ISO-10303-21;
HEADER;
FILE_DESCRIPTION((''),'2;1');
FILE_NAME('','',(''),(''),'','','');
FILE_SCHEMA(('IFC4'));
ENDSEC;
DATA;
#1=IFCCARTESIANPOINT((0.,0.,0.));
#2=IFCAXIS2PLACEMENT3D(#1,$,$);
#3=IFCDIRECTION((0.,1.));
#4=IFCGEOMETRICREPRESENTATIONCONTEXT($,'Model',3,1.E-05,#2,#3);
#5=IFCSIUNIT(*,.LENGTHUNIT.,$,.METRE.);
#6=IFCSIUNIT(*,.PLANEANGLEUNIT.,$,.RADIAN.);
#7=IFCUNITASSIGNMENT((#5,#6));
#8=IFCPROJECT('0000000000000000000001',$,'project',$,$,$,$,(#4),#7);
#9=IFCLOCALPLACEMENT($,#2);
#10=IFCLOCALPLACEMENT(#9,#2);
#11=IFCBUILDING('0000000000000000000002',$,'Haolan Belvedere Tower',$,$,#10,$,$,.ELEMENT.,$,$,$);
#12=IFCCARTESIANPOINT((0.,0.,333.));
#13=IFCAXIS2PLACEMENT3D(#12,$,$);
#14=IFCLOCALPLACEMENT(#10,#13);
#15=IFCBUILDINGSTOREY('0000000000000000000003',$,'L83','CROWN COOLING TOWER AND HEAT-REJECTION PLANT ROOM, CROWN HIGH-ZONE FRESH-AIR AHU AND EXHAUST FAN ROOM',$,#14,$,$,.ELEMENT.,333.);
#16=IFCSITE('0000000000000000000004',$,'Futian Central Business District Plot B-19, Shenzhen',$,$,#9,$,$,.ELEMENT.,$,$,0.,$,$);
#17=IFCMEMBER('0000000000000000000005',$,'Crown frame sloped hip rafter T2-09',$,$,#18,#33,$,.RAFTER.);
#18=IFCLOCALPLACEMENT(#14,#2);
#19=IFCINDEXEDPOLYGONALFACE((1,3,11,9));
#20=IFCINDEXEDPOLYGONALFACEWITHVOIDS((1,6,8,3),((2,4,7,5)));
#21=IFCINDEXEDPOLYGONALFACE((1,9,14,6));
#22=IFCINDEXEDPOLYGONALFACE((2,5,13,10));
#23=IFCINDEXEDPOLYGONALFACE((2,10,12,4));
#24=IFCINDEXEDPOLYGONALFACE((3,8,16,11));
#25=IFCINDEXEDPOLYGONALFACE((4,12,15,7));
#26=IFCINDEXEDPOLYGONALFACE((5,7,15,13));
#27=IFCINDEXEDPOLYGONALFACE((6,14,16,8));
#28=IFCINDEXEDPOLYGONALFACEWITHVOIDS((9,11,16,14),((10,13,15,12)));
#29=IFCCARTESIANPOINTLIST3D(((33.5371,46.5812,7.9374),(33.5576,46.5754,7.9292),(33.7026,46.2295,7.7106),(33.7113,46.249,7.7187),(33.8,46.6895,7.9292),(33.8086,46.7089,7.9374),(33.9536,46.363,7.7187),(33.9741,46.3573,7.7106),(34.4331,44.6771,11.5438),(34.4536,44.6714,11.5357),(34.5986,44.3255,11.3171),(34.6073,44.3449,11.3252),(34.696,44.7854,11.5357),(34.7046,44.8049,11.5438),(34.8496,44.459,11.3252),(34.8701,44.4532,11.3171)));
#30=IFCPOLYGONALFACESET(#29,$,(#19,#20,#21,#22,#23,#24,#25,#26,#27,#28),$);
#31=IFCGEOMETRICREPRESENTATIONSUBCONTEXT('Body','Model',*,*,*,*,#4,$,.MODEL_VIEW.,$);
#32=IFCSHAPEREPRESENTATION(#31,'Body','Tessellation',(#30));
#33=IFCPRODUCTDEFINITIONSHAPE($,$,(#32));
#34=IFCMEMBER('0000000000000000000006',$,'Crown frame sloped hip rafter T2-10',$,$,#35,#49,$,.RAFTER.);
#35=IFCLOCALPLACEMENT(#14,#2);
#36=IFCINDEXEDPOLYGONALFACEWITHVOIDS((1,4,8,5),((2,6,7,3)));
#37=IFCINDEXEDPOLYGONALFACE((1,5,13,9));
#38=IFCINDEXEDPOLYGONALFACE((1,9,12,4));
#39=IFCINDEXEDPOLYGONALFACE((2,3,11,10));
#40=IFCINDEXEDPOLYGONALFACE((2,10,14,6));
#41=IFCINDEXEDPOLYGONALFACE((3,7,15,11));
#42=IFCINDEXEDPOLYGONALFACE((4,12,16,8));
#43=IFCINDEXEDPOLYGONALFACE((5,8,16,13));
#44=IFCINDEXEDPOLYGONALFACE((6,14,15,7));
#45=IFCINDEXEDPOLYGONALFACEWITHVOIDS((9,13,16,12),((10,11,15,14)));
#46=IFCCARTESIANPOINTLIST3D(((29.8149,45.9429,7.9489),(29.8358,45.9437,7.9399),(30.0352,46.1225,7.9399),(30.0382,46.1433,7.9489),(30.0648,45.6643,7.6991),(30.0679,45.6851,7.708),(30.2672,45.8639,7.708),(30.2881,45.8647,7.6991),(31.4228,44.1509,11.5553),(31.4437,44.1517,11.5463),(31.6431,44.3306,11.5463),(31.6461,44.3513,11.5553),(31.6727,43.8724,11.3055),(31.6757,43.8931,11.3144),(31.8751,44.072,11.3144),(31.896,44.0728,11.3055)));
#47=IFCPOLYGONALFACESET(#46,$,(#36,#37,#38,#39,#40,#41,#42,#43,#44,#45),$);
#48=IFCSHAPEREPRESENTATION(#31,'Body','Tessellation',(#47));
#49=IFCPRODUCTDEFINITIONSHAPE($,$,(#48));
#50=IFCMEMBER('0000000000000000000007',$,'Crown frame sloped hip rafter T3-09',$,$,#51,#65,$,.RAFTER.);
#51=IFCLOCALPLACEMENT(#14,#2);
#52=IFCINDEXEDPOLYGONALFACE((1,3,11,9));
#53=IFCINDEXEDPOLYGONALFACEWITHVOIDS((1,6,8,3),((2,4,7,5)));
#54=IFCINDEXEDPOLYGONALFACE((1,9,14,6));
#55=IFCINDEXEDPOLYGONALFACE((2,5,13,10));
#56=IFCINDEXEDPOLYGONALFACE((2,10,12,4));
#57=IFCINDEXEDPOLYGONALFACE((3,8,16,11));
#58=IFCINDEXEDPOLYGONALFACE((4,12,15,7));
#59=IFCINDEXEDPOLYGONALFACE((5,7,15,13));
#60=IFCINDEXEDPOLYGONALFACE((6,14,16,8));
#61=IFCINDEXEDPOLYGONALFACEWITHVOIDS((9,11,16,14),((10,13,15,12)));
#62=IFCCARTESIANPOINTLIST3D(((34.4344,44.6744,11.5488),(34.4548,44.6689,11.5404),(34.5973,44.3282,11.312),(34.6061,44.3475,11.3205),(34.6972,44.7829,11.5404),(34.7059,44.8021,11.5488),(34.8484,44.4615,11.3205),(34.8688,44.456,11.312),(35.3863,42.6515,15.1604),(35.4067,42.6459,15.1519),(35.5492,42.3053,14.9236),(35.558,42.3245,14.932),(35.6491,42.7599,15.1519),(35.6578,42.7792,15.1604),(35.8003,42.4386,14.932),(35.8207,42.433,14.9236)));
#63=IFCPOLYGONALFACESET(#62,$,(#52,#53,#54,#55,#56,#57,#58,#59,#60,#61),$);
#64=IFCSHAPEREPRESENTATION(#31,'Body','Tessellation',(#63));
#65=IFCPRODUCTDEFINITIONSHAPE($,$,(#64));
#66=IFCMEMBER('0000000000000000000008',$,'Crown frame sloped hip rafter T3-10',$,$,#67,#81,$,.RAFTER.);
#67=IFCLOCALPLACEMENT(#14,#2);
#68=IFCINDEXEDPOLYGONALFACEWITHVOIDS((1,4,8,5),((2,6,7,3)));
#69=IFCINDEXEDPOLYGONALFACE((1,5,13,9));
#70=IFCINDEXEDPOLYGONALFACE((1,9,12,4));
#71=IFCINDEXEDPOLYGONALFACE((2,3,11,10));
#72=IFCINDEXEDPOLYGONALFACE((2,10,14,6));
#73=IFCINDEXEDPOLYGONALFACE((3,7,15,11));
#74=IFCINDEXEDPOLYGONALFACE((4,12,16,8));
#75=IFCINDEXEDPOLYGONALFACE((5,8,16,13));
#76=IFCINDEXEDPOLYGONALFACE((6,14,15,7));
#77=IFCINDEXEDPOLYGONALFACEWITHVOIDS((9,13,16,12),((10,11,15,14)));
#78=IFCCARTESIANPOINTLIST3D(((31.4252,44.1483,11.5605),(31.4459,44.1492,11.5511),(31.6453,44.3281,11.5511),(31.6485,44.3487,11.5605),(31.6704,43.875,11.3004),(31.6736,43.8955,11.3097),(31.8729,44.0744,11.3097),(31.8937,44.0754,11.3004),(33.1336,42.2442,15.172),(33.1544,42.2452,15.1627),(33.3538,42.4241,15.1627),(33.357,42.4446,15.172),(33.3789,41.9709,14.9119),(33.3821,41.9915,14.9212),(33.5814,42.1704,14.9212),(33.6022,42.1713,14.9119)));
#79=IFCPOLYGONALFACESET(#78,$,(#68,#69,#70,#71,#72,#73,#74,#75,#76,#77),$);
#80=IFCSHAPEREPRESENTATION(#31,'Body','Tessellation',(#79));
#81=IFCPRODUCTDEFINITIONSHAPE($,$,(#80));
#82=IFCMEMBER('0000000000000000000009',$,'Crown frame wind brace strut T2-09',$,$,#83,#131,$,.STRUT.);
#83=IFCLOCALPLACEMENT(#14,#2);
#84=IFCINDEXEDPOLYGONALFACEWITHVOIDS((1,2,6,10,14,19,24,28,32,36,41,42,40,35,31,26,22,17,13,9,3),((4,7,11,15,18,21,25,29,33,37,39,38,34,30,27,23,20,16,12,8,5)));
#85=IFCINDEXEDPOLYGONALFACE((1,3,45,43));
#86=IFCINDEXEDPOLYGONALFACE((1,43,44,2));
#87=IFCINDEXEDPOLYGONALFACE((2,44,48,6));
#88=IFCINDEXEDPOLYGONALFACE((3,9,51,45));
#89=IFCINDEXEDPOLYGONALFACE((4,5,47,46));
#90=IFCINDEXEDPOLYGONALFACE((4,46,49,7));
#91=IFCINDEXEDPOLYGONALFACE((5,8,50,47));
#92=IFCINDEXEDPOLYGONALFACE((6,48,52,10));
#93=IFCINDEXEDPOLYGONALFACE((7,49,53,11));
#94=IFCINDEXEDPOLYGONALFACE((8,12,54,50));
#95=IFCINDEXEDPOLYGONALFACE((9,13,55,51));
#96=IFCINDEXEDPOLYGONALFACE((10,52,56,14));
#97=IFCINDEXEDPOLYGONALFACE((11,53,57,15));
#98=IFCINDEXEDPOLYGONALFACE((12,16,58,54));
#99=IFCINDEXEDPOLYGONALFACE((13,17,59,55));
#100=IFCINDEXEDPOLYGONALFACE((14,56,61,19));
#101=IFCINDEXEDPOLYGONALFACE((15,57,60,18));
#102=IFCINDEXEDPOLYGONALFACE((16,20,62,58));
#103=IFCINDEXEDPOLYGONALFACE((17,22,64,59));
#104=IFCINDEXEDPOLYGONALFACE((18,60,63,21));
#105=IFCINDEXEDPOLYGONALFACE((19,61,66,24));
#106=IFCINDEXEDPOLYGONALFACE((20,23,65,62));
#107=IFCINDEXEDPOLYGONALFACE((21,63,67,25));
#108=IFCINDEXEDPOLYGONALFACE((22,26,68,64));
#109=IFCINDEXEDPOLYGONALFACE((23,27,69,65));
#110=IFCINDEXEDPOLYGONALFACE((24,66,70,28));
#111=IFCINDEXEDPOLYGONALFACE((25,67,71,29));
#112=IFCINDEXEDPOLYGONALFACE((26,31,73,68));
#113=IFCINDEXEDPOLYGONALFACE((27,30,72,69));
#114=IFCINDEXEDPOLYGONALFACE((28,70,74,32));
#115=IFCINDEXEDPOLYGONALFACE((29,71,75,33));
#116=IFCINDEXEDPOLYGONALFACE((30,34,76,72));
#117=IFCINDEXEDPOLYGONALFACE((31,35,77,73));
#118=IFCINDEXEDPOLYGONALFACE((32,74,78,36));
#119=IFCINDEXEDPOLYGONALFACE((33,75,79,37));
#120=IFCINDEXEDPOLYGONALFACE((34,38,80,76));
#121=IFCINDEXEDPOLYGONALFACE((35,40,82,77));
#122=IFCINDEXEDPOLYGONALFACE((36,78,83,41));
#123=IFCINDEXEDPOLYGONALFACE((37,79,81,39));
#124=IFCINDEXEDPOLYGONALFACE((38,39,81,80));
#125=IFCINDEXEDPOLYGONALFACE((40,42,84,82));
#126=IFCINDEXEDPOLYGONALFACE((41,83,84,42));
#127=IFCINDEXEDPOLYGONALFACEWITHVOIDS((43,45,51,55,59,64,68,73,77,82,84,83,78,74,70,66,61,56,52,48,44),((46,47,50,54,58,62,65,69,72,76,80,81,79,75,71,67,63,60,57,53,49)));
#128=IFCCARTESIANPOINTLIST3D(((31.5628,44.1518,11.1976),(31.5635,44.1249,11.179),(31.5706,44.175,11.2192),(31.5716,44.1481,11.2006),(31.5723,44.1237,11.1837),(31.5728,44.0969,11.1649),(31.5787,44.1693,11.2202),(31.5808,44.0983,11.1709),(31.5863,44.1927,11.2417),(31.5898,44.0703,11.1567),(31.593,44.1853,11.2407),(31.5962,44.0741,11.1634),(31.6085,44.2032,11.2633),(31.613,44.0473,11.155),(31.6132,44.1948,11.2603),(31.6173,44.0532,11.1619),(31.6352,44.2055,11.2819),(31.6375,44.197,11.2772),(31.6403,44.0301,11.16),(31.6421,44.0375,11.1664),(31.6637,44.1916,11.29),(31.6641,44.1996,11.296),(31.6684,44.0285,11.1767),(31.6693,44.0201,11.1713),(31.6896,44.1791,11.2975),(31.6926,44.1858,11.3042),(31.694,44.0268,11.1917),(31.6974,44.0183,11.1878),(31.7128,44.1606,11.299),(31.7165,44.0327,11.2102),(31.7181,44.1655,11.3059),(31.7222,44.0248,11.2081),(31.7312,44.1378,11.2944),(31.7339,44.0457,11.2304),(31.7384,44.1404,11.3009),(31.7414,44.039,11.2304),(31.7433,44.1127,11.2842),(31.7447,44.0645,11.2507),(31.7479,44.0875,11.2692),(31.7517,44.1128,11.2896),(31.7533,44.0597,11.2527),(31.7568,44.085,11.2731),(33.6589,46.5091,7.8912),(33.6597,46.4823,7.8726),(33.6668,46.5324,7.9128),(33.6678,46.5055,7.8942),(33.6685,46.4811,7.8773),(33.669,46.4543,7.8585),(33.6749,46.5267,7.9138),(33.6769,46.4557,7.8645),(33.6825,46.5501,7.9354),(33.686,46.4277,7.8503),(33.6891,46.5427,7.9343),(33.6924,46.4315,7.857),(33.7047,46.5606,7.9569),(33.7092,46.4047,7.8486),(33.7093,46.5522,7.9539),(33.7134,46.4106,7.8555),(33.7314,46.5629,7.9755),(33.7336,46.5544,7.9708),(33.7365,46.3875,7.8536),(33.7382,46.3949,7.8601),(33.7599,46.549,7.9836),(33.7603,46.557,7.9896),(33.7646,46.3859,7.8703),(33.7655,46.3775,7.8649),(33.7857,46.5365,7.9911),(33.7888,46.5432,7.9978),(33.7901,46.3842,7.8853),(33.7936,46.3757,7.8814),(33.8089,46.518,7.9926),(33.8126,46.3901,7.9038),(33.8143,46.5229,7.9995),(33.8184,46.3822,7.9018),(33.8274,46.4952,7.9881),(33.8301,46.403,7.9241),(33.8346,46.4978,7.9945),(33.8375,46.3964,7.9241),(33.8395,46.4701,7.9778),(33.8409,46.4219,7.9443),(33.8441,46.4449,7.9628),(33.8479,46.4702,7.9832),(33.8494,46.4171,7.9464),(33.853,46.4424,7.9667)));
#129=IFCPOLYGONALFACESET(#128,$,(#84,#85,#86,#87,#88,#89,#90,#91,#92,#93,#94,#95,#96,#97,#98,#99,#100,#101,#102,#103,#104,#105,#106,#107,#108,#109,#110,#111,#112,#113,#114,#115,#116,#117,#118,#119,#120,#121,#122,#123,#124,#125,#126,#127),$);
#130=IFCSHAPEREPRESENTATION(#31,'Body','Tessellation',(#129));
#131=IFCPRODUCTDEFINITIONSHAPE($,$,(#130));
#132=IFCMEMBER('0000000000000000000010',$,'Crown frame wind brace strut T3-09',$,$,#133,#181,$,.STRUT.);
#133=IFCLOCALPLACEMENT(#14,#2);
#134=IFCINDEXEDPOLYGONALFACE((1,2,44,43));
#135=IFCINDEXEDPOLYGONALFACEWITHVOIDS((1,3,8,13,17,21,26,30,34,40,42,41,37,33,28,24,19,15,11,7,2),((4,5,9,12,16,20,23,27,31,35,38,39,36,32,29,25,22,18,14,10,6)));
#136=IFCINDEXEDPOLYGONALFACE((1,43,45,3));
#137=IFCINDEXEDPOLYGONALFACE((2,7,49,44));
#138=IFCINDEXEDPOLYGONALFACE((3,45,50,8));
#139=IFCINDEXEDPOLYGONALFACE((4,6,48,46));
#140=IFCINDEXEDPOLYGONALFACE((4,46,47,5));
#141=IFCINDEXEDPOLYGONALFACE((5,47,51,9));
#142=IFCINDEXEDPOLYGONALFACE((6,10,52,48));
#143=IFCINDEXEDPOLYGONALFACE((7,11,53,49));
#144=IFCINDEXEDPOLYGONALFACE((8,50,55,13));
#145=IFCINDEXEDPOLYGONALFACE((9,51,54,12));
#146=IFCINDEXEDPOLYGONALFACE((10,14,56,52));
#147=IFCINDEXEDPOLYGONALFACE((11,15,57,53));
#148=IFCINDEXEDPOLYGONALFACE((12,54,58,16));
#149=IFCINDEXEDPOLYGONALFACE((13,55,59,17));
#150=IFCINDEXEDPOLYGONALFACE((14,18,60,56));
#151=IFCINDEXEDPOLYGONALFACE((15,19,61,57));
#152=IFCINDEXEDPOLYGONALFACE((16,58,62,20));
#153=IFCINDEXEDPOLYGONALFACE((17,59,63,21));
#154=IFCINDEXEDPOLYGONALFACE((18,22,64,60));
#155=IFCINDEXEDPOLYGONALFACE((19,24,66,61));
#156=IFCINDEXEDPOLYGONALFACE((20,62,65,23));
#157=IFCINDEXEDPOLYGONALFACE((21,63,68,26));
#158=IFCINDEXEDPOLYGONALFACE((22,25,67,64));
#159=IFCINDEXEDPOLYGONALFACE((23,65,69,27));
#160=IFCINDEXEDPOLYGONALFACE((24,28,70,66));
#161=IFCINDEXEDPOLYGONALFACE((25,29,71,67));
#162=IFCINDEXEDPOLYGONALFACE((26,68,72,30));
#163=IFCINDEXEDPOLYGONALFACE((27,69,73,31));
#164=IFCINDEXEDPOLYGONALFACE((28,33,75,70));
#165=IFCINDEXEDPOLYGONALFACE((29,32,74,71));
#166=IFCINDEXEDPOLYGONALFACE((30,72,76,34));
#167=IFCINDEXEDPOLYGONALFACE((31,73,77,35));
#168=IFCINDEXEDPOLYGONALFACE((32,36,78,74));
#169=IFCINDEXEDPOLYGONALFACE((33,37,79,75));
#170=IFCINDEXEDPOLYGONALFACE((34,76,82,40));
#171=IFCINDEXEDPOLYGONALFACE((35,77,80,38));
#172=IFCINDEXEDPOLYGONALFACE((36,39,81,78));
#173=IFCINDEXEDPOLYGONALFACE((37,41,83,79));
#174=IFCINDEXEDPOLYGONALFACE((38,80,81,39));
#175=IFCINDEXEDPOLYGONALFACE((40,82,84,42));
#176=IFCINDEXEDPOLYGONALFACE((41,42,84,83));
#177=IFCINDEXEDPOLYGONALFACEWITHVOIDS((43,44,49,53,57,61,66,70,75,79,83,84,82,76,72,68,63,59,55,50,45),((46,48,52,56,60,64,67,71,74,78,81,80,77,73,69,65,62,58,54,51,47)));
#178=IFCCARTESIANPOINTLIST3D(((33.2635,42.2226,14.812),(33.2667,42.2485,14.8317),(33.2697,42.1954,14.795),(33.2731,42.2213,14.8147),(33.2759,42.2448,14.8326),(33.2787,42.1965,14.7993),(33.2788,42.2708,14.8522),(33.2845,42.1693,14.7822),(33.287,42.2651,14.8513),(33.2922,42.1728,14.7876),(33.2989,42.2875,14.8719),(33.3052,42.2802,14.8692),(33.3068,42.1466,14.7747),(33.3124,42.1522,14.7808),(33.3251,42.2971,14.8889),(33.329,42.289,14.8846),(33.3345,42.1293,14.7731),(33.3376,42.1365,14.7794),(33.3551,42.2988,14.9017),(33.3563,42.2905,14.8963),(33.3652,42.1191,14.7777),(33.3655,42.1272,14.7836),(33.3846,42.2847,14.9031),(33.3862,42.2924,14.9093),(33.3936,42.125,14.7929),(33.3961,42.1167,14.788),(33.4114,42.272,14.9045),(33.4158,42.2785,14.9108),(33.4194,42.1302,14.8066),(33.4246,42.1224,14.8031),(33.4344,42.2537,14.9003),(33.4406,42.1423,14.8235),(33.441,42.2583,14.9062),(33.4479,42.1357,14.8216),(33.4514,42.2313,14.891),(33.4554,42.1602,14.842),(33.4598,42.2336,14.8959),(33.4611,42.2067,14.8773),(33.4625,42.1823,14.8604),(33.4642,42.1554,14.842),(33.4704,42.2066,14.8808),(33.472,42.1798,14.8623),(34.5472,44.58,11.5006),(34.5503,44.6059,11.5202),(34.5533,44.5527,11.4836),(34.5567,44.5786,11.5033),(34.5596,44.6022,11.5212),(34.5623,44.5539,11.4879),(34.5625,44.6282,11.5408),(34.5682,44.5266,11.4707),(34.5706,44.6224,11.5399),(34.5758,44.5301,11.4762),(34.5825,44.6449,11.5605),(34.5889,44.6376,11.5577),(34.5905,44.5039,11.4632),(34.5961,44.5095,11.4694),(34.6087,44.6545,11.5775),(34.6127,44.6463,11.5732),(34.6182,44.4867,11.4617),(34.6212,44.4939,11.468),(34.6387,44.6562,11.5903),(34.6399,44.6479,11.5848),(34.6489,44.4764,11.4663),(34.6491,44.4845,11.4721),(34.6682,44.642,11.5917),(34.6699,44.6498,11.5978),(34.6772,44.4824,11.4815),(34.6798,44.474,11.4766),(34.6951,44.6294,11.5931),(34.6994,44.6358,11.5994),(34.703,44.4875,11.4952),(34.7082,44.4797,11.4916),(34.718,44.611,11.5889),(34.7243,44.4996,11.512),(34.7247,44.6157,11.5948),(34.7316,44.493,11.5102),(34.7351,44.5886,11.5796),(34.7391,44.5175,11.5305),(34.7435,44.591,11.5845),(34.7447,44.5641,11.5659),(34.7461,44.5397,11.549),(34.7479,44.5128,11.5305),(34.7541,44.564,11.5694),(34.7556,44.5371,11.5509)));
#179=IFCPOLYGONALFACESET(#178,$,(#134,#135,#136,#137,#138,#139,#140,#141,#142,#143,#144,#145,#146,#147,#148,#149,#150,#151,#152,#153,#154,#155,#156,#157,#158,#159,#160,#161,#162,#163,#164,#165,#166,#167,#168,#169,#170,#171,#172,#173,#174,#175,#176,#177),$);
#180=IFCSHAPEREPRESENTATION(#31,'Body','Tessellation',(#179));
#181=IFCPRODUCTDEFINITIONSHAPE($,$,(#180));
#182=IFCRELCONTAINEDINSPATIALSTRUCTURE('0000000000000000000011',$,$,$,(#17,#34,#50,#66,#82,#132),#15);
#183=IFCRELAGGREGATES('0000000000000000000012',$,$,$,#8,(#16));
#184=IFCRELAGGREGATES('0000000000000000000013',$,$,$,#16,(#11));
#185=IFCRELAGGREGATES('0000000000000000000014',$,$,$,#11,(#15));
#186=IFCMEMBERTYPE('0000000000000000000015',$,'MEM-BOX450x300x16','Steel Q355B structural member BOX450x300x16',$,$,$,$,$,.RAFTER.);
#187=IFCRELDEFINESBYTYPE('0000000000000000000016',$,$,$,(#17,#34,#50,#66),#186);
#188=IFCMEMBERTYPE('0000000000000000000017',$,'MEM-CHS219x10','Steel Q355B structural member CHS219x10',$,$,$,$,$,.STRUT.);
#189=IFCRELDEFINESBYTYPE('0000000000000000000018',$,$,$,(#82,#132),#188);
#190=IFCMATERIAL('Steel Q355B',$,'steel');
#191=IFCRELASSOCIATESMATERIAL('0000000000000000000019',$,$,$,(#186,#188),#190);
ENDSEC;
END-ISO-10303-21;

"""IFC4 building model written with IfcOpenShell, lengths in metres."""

from ifc_helpers import new_model, si_unit, direction, frame, origin, origin_2d, place, context, subcontext, project, spatial, hollow_rectangle, hollow_circle, extrude, material, material_profile, profile_set, type_object, element, save


model = new_model("IFC4")

# Units and contexts
model_context = context("Model", 3, precision=1e-05, world=origin(), true_north=direction((0.0, 1.0)))
body_context = subcontext(model_context, "Body", "Model", "MODEL_VIEW")
ifc_project = project(units=[si_unit("LENGTHUNIT", "METRE"), si_unit("PLANEANGLEUNIT", "RADIAN")], contexts=[model_context])

# Site, building, storey
site_placement = place(None, origin())
site = spatial("IfcSite", under=ifc_project, at=site_placement, Name="Futian Central Business District Plot B-19, Shenzhen", CompositionType="ELEMENT", RefElevation=0.0)
building_placement = place(site_placement, origin())
building = spatial("IfcBuilding", under=site, at=building_placement, Name="Haolan Belvedere Tower", CompositionType="ELEMENT")
storey_placement = place(building_placement, frame((0.0, 0.0, 333.0)))
storey = spatial("IfcBuildingStorey", under=building, at=storey_placement, Name="L83", Description="CROWN COOLING TOWER AND HEAT-REJECTION PLANT ROOM, CROWN HIGH-ZONE FRESH-AIR AHU AND EXHAUST FAN ROOM", CompositionType="ELEMENT", Elevation=333.0)

# Members
ifc_material_1 = material(Name="Steel Q355B", Category="steel")
ifc_material_profile_1 = material_profile(ifc_material_1, hollow_rectangle(XDim=0.3, YDim=0.45, WallThickness=0.0161, at=origin_2d()), Name="Steel Q355B")
ifc_profile_set_1 = profile_set([ifc_material_profile_1], Name="Steel Q355B")
member_type_1 = type_object("IfcMemberType", Name="MEM-BOX450x300x16", Description="Steel Q355B structural member BOX450x300x16", PredefinedType="RAFTER", material=ifc_profile_set_1)
member_1_placement = place(storey_placement, frame((33.7556, 46.4692, 7.824), z_axis=(0.214585, -0.456008, 0.863719), x_axis=(0.904824, 0.425786, 0.0)))
element("IfcMember", 1, at=member_1_placement, inside=storey, type_object=member_type_1, Name="Crown frame sloped hip rafter T2-09", PredefinedType="RAFTER", context=body_context, shape_type="SweptSolid", body=[
    extrude(hollow_rectangle(XDim=0.3, YDim=0.45, WallThickness=0.0161, at=origin_2d()), origin(), (0.0, 0.0, 1.0), 4.1755),
])
member_2_placement = place(storey_placement, frame((30.0515, 45.9038, 7.824), z_axis=(0.370807, -0.413259, 0.831697), x_axis=(0.744302, 0.667843, 0.0)))
element("IfcMember", 2, at=member_2_placement, inside=storey, type_object=member_type_1, Name="Crown frame sloped hip rafter T2-10", PredefinedType="RAFTER", context=body_context, shape_type="SweptSolid", body=[
    extrude(hollow_rectangle(XDim=0.3, YDim=0.45, WallThickness=0.0161, at=origin_2d()), origin(), (0.0, 0.0, 1.0), 4.3362),
])
member_3_placement = place(storey_placement, frame((34.6516, 44.5652, 11.4304), z_axis=(0.224105, -0.47626, 0.850267), x_axis=(0.904831, 0.425771, 0.0)))
element("IfcMember", 3, at=member_3_placement, inside=storey, type_object=member_type_1, Name="Crown frame sloped hip rafter T3-09", PredefinedType="RAFTER", context=body_context, shape_type="SweptSolid", body=[
    extrude(hollow_rectangle(XDim=0.3, YDim=0.45, WallThickness=0.0161, at=origin_2d()), origin(), (0.0, 0.0, 1.0), 4.2476),
])
member_4_placement = place(storey_placement, frame((31.6594, 44.1118, 11.4304), z_axis=(0.38603, -0.430215, 0.816024), x_axis=(0.744295, 0.667851, 0.0)))
element("IfcMember", 4, at=member_4_placement, inside=storey, type_object=member_type_1, Name="Crown frame sloped hip rafter T3-10", PredefinedType="RAFTER", context=body_context, shape_type="SweptSolid", body=[
    extrude(hollow_rectangle(XDim=0.3, YDim=0.45, WallThickness=0.0161, at=origin_2d()), origin(), (0.0, 0.0, 1.0), 4.4258),
])
ifc_material_profile_2 = material_profile(ifc_material_1, hollow_circle(Radius=0.1096, WallThickness=0.01, at=origin_2d()), Name="Steel Q355B")
ifc_profile_set_2 = profile_set([ifc_material_profile_2], Name="Steel Q355B")
member_type_2 = type_object("IfcMemberType", Name="MEM-CHS219x10", Description="Steel Q355B structural member CHS219x10", PredefinedType="STRUT", material=ifc_profile_set_2)
member_5_placement = place(storey_placement, frame((33.7556, 46.4692, 7.9241), z_axis=(-0.458698, -0.515862, 0.723521), x_axis=(0.747298, -0.664489, 0.0)))
element("IfcMember", 5, at=member_5_placement, inside=storey, type_object=member_type_2, Name="Crown frame wind brace strut T2-09", PredefinedType="STRUT", context=body_context, shape_type="SweptSolid", body=[
    extrude(hollow_circle(Radius=0.1096, WallThickness=0.01, at=origin_2d()), origin(), (0.0, 0.0, 1.0), 4.5698),
])
member_6_placement = place(storey_placement, frame((34.6516, 44.5652, 11.5305), z_axis=(-0.301138, -0.553022, 0.776842), x_axis=(0.878236, -0.478228, 0.0)))
element("IfcMember", 6, at=member_6_placement, inside=storey, type_object=member_type_2, Name="Crown frame wind brace strut T3-09", PredefinedType="STRUT", context=body_context, shape_type="SweptSolid", body=[
    extrude(hollow_circle(Radius=0.1096, WallThickness=0.01, at=origin_2d()), origin(), (0.0, 0.0, 1.0), 4.2627),
])

save(model, "model.ifc")
